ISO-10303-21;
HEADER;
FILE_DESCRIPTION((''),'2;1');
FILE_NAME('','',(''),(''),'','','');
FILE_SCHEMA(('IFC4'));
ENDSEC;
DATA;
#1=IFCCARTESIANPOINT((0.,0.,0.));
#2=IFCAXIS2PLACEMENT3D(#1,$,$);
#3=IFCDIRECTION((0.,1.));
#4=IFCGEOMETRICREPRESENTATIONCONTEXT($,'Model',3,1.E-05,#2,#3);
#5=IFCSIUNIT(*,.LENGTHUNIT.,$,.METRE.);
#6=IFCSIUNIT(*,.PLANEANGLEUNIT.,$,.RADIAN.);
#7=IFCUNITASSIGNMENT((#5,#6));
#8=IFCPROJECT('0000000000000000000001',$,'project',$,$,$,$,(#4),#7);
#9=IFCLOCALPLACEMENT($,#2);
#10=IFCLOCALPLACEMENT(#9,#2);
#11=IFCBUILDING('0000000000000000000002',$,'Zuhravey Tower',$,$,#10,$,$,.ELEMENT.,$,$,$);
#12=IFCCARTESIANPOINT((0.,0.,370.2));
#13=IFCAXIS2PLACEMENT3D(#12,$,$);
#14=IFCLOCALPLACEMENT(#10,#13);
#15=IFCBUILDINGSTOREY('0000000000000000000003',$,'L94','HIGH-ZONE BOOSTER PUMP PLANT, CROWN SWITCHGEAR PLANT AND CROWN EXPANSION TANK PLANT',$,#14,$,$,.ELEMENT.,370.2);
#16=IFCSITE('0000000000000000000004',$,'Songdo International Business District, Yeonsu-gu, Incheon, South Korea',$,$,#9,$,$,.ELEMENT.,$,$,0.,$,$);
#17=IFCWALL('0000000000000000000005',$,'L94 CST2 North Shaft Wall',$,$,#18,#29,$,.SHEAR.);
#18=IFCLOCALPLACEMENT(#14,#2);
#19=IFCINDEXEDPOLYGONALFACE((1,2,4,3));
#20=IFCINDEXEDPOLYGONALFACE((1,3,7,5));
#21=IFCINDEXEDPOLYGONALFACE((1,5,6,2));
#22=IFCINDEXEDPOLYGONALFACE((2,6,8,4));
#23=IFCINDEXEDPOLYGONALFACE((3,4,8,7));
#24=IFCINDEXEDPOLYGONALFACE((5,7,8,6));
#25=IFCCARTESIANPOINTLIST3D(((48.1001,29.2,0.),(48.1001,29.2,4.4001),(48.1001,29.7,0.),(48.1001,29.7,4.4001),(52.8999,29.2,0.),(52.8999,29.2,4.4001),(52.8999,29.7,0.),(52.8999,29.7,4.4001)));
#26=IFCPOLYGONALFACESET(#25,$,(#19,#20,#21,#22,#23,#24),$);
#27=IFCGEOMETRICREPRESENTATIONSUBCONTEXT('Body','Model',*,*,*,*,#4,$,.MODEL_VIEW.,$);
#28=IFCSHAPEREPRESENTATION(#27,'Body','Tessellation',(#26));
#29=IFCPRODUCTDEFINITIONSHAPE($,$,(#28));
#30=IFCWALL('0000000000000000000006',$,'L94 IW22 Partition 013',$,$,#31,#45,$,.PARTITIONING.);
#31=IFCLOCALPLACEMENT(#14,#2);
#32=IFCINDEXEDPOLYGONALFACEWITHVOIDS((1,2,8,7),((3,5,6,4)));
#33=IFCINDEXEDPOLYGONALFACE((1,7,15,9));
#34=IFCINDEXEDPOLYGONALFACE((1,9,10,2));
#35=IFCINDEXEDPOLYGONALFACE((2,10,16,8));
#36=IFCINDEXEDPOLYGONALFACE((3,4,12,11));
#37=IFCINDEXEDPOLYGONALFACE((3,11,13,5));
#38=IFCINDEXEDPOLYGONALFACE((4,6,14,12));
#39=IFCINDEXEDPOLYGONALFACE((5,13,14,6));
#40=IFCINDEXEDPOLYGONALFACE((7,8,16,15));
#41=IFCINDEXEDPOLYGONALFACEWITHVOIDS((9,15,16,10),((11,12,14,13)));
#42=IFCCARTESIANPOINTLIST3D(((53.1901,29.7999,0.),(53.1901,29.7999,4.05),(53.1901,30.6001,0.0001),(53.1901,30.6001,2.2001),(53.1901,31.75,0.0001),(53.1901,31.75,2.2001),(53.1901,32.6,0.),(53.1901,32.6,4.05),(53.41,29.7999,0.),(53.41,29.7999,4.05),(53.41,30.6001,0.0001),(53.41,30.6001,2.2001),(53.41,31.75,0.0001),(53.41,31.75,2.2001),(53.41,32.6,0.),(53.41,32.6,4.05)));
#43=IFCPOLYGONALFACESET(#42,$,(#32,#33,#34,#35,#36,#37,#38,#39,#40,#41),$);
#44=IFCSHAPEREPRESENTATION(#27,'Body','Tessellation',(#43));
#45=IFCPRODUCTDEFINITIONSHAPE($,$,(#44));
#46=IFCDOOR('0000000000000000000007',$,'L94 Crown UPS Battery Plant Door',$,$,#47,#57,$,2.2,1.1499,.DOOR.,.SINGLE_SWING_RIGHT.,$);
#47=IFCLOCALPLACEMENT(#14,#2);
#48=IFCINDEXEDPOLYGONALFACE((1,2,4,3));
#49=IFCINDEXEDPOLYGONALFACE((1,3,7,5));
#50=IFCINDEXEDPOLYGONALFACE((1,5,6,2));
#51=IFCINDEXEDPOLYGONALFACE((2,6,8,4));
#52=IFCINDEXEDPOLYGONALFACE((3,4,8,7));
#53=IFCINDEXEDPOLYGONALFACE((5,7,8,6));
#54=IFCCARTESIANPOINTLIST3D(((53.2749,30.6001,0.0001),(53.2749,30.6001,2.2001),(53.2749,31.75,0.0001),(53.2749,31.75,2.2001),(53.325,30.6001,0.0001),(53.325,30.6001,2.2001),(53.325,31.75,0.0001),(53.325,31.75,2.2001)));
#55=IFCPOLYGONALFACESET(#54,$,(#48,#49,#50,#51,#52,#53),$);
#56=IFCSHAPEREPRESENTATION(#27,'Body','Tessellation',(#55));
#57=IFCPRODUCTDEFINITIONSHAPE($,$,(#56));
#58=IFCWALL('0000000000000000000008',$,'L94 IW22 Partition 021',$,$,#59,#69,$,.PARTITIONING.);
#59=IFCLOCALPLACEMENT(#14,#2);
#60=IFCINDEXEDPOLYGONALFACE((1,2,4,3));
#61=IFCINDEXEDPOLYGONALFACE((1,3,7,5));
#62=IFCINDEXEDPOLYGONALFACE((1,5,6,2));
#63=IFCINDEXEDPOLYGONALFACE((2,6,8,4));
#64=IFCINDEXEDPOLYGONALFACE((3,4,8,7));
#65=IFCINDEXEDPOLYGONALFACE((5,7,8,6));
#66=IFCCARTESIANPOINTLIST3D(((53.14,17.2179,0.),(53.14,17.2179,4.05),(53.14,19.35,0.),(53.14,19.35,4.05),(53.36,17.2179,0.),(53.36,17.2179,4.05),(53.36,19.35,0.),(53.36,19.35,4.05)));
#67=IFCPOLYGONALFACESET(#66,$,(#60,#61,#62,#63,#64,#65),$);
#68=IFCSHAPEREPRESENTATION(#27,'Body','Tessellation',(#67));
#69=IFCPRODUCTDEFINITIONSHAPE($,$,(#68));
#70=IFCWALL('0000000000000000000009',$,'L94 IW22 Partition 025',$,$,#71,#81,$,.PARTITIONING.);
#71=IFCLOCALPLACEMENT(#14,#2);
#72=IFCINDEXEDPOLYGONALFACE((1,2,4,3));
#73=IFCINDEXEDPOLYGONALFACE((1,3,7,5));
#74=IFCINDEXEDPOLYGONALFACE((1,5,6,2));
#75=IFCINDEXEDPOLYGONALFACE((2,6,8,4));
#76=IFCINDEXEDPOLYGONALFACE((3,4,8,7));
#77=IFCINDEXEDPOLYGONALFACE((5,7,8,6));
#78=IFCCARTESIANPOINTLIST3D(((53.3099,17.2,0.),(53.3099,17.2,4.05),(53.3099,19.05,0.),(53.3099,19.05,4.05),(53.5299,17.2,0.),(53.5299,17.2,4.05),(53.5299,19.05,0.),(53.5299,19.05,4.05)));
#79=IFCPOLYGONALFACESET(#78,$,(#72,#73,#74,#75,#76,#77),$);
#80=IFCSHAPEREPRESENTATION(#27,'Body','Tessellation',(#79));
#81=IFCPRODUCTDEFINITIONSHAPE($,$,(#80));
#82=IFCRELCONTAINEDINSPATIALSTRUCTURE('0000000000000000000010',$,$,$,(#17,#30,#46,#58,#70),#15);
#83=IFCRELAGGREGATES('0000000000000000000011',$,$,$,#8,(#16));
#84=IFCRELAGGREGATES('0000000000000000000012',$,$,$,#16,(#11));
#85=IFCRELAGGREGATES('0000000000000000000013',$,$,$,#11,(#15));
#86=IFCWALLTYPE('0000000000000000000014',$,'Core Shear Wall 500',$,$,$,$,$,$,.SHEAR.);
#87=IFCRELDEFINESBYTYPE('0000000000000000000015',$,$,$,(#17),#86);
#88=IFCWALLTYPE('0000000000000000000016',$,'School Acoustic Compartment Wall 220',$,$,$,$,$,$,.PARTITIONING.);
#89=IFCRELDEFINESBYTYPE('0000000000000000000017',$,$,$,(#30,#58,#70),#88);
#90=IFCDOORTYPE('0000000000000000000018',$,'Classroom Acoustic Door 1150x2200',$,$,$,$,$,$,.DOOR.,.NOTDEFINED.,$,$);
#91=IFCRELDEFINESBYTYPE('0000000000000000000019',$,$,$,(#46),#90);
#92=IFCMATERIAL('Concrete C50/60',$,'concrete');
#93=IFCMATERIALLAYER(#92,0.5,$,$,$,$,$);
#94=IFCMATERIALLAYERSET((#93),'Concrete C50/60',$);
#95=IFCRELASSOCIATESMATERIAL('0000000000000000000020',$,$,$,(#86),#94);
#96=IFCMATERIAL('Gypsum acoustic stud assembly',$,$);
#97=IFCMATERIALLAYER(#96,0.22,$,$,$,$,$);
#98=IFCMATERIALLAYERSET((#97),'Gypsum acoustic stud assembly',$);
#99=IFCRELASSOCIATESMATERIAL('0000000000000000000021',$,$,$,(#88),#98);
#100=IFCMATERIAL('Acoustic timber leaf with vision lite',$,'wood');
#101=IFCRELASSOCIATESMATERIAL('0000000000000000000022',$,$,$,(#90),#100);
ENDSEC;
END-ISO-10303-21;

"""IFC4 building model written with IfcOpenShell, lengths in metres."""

from ifc_helpers import new_model, si_unit, direction, frame, frame_2d, origin, place, context, subcontext, project, spatial, rectangle, extrude, material, layer, layer_set, type_object, element, fill, save


model = new_model("IFC4")

# Units and contexts
model_context = context("Model", 3, precision=1e-05, world=origin(), true_north=direction((0.0, 1.0)))
body_context = subcontext(model_context, "Body", "Model", "MODEL_VIEW")
ifc_project = project(units=[si_unit("LENGTHUNIT", "METRE"), si_unit("PLANEANGLEUNIT", "RADIAN")], contexts=[model_context])

# Site, building, storey
site_placement = place(None, origin())
site = spatial("IfcSite", under=ifc_project, at=site_placement, Name="Songdo International Business District, Yeonsu-gu, Incheon, South Korea", CompositionType="ELEMENT", RefElevation=0.0)
building_placement = place(site_placement, origin())
building = spatial("IfcBuilding", under=site, at=building_placement, Name="Zuhravey Tower", CompositionType="ELEMENT")
storey_placement = place(building_placement, frame((0.0, 0.0, 370.2)))
storey = spatial("IfcBuildingStorey", under=building, at=storey_placement, Name="L94", Description="HIGH-ZONE BOOSTER PUMP PLANT, CROWN SWITCHGEAR PLANT AND CROWN EXPANSION TANK PLANT", CompositionType="ELEMENT", Elevation=370.2)

# Wall
ifc_material_1 = material(Name="Concrete C50/60", Category="concrete")
ifc_layer_1 = layer(ifc_material_1, 0.5)
ifc_layer_set_1 = layer_set([ifc_layer_1], Name="Concrete C50/60")
wall_type_1 = type_object("IfcWallType", Name="Core Shear Wall 500", PredefinedType="SHEAR", material=ifc_layer_set_1)
wall_1_placement = place(storey_placement, frame((52.8999, 29.45, 0.0), z_axis=(0.0, 0.0, 1.0), x_axis=(-1.0, 0.0, 0.0)))
element("IfcWall", 1, at=wall_1_placement, inside=storey, type_object=wall_type_1, Name="L94 CST2 North Shaft Wall", PredefinedType="SHEAR", context=body_context, shape_type="SweptSolid", body=[
    extrude(rectangle(XDim=4.7998, YDim=0.5, at=frame_2d((2.3999, 0.0))), origin(), (0.0, 0.0, 1.0), 4.4001),
])

# Wall, opening, door
ifc_material_2 = material(Name="Gypsum acoustic stud assembly")
ifc_layer_2 = layer(ifc_material_2, 0.22)
ifc_layer_set_2 = layer_set([ifc_layer_2], Name="Gypsum acoustic stud assembly")
wall_type_2 = type_object("IfcWallType", Name="School Acoustic Compartment Wall 220", PredefinedType="PARTITIONING", material=ifc_layer_set_2)
wall_2_placement = place(storey_placement, frame((53.3, 29.8, 0.0), z_axis=(0.0, 0.0, 1.0), x_axis=(0.0, 1.0, 0.0)))
wall_2 = element("IfcWall", 2, at=wall_2_placement, inside=storey, type_object=wall_type_2, Name="L94 IW22 Partition 013", PredefinedType="PARTITIONING", context=body_context, shape_type="SweptSolid", body=[
    extrude(rectangle(XDim=2.8, YDim=0.22, at=frame_2d((1.3999, 0.0))), origin(), (0.0, 0.0, 1.0), 4.05),
])
opening_placement = place(wall_2_placement, frame((0.8, 0.0, 0.0)))
opening = element("IfcOpeningElement", 3, at=opening_placement, cuts=wall_2, PredefinedType="OPENING", context=body_context, shape_type="SweptSolid", body=[
    extrude(rectangle(XDim=1.1499, YDim=2.2, at=frame_2d((0.575, 1.1001))), frame((0.0, 0.1221, 0.0), z_axis=(0.0, -1.0, 0.0), x_axis=(1.0, 0.0, 0.0)), (0.0, 0.0, 1.0), 0.2439),
])
ifc_material_3 = material(Name="Acoustic timber leaf with vision lite", Category="wood")
door_type = type_object("IfcDoorType", Name="Classroom Acoustic Door 1150x2200", OperationType="NOTDEFINED", PredefinedType="DOOR", material=ifc_material_3)
door_placement = place(opening_placement, frame((1.1499, 0.0, 0.0), z_axis=(0.0, 0.0, 1.0), x_axis=(-1.0, 0.0, 0.0)))
door = element("IfcDoor", 4, at=door_placement, inside=storey, type_object=door_type, Name="L94 Crown UPS Battery Plant Door", OperationType="SINGLE_SWING_RIGHT", OverallHeight=2.2, OverallWidth=1.1499, PredefinedType="DOOR", context=body_context, shape_type="SweptSolid", body=[
    extrude(rectangle(XDim=1.1499, YDim=2.2, at=frame_2d((0.575, 1.1001))), frame((0.0, 0.0249, 0.0), z_axis=(0.0, -1.0, 0.0), x_axis=(1.0, 0.0, 0.0)), (0.0, 0.0, 1.0), 0.05),
])
fill(opening, door)

# Walls
wall_3_placement = place(storey_placement, frame((53.25, 17.218, 0.0), z_axis=(0.0, 0.0, 1.0), x_axis=(0.0, 1.0, 0.0)))
element("IfcWall", 5, at=wall_3_placement, inside=storey, type_object=wall_type_2, Name="L94 IW22 Partition 021", PredefinedType="PARTITIONING", context=body_context, shape_type="SweptSolid", body=[
    extrude(rectangle(XDim=2.1321, YDim=0.22, at=frame_2d((1.0659, 0.0))), origin(), (0.0, 0.0, 1.0), 4.05),
])
wall_4_placement = place(storey_placement, frame((53.4199, 17.2, 0.0), z_axis=(0.0, 0.0, 1.0), x_axis=(0.0, 1.0, 0.0)))
element("IfcWall", 6, at=wall_4_placement, inside=storey, type_object=wall_type_2, Name="L94 IW22 Partition 025", PredefinedType="PARTITIONING", context=body_context, shape_type="SweptSolid", body=[
    extrude(rectangle(XDim=1.8501, YDim=0.22, at=frame_2d((0.925, 0.0))), origin(), (0.0, 0.0, 1.0), 4.05),
])

save(model, "model.ifc")
